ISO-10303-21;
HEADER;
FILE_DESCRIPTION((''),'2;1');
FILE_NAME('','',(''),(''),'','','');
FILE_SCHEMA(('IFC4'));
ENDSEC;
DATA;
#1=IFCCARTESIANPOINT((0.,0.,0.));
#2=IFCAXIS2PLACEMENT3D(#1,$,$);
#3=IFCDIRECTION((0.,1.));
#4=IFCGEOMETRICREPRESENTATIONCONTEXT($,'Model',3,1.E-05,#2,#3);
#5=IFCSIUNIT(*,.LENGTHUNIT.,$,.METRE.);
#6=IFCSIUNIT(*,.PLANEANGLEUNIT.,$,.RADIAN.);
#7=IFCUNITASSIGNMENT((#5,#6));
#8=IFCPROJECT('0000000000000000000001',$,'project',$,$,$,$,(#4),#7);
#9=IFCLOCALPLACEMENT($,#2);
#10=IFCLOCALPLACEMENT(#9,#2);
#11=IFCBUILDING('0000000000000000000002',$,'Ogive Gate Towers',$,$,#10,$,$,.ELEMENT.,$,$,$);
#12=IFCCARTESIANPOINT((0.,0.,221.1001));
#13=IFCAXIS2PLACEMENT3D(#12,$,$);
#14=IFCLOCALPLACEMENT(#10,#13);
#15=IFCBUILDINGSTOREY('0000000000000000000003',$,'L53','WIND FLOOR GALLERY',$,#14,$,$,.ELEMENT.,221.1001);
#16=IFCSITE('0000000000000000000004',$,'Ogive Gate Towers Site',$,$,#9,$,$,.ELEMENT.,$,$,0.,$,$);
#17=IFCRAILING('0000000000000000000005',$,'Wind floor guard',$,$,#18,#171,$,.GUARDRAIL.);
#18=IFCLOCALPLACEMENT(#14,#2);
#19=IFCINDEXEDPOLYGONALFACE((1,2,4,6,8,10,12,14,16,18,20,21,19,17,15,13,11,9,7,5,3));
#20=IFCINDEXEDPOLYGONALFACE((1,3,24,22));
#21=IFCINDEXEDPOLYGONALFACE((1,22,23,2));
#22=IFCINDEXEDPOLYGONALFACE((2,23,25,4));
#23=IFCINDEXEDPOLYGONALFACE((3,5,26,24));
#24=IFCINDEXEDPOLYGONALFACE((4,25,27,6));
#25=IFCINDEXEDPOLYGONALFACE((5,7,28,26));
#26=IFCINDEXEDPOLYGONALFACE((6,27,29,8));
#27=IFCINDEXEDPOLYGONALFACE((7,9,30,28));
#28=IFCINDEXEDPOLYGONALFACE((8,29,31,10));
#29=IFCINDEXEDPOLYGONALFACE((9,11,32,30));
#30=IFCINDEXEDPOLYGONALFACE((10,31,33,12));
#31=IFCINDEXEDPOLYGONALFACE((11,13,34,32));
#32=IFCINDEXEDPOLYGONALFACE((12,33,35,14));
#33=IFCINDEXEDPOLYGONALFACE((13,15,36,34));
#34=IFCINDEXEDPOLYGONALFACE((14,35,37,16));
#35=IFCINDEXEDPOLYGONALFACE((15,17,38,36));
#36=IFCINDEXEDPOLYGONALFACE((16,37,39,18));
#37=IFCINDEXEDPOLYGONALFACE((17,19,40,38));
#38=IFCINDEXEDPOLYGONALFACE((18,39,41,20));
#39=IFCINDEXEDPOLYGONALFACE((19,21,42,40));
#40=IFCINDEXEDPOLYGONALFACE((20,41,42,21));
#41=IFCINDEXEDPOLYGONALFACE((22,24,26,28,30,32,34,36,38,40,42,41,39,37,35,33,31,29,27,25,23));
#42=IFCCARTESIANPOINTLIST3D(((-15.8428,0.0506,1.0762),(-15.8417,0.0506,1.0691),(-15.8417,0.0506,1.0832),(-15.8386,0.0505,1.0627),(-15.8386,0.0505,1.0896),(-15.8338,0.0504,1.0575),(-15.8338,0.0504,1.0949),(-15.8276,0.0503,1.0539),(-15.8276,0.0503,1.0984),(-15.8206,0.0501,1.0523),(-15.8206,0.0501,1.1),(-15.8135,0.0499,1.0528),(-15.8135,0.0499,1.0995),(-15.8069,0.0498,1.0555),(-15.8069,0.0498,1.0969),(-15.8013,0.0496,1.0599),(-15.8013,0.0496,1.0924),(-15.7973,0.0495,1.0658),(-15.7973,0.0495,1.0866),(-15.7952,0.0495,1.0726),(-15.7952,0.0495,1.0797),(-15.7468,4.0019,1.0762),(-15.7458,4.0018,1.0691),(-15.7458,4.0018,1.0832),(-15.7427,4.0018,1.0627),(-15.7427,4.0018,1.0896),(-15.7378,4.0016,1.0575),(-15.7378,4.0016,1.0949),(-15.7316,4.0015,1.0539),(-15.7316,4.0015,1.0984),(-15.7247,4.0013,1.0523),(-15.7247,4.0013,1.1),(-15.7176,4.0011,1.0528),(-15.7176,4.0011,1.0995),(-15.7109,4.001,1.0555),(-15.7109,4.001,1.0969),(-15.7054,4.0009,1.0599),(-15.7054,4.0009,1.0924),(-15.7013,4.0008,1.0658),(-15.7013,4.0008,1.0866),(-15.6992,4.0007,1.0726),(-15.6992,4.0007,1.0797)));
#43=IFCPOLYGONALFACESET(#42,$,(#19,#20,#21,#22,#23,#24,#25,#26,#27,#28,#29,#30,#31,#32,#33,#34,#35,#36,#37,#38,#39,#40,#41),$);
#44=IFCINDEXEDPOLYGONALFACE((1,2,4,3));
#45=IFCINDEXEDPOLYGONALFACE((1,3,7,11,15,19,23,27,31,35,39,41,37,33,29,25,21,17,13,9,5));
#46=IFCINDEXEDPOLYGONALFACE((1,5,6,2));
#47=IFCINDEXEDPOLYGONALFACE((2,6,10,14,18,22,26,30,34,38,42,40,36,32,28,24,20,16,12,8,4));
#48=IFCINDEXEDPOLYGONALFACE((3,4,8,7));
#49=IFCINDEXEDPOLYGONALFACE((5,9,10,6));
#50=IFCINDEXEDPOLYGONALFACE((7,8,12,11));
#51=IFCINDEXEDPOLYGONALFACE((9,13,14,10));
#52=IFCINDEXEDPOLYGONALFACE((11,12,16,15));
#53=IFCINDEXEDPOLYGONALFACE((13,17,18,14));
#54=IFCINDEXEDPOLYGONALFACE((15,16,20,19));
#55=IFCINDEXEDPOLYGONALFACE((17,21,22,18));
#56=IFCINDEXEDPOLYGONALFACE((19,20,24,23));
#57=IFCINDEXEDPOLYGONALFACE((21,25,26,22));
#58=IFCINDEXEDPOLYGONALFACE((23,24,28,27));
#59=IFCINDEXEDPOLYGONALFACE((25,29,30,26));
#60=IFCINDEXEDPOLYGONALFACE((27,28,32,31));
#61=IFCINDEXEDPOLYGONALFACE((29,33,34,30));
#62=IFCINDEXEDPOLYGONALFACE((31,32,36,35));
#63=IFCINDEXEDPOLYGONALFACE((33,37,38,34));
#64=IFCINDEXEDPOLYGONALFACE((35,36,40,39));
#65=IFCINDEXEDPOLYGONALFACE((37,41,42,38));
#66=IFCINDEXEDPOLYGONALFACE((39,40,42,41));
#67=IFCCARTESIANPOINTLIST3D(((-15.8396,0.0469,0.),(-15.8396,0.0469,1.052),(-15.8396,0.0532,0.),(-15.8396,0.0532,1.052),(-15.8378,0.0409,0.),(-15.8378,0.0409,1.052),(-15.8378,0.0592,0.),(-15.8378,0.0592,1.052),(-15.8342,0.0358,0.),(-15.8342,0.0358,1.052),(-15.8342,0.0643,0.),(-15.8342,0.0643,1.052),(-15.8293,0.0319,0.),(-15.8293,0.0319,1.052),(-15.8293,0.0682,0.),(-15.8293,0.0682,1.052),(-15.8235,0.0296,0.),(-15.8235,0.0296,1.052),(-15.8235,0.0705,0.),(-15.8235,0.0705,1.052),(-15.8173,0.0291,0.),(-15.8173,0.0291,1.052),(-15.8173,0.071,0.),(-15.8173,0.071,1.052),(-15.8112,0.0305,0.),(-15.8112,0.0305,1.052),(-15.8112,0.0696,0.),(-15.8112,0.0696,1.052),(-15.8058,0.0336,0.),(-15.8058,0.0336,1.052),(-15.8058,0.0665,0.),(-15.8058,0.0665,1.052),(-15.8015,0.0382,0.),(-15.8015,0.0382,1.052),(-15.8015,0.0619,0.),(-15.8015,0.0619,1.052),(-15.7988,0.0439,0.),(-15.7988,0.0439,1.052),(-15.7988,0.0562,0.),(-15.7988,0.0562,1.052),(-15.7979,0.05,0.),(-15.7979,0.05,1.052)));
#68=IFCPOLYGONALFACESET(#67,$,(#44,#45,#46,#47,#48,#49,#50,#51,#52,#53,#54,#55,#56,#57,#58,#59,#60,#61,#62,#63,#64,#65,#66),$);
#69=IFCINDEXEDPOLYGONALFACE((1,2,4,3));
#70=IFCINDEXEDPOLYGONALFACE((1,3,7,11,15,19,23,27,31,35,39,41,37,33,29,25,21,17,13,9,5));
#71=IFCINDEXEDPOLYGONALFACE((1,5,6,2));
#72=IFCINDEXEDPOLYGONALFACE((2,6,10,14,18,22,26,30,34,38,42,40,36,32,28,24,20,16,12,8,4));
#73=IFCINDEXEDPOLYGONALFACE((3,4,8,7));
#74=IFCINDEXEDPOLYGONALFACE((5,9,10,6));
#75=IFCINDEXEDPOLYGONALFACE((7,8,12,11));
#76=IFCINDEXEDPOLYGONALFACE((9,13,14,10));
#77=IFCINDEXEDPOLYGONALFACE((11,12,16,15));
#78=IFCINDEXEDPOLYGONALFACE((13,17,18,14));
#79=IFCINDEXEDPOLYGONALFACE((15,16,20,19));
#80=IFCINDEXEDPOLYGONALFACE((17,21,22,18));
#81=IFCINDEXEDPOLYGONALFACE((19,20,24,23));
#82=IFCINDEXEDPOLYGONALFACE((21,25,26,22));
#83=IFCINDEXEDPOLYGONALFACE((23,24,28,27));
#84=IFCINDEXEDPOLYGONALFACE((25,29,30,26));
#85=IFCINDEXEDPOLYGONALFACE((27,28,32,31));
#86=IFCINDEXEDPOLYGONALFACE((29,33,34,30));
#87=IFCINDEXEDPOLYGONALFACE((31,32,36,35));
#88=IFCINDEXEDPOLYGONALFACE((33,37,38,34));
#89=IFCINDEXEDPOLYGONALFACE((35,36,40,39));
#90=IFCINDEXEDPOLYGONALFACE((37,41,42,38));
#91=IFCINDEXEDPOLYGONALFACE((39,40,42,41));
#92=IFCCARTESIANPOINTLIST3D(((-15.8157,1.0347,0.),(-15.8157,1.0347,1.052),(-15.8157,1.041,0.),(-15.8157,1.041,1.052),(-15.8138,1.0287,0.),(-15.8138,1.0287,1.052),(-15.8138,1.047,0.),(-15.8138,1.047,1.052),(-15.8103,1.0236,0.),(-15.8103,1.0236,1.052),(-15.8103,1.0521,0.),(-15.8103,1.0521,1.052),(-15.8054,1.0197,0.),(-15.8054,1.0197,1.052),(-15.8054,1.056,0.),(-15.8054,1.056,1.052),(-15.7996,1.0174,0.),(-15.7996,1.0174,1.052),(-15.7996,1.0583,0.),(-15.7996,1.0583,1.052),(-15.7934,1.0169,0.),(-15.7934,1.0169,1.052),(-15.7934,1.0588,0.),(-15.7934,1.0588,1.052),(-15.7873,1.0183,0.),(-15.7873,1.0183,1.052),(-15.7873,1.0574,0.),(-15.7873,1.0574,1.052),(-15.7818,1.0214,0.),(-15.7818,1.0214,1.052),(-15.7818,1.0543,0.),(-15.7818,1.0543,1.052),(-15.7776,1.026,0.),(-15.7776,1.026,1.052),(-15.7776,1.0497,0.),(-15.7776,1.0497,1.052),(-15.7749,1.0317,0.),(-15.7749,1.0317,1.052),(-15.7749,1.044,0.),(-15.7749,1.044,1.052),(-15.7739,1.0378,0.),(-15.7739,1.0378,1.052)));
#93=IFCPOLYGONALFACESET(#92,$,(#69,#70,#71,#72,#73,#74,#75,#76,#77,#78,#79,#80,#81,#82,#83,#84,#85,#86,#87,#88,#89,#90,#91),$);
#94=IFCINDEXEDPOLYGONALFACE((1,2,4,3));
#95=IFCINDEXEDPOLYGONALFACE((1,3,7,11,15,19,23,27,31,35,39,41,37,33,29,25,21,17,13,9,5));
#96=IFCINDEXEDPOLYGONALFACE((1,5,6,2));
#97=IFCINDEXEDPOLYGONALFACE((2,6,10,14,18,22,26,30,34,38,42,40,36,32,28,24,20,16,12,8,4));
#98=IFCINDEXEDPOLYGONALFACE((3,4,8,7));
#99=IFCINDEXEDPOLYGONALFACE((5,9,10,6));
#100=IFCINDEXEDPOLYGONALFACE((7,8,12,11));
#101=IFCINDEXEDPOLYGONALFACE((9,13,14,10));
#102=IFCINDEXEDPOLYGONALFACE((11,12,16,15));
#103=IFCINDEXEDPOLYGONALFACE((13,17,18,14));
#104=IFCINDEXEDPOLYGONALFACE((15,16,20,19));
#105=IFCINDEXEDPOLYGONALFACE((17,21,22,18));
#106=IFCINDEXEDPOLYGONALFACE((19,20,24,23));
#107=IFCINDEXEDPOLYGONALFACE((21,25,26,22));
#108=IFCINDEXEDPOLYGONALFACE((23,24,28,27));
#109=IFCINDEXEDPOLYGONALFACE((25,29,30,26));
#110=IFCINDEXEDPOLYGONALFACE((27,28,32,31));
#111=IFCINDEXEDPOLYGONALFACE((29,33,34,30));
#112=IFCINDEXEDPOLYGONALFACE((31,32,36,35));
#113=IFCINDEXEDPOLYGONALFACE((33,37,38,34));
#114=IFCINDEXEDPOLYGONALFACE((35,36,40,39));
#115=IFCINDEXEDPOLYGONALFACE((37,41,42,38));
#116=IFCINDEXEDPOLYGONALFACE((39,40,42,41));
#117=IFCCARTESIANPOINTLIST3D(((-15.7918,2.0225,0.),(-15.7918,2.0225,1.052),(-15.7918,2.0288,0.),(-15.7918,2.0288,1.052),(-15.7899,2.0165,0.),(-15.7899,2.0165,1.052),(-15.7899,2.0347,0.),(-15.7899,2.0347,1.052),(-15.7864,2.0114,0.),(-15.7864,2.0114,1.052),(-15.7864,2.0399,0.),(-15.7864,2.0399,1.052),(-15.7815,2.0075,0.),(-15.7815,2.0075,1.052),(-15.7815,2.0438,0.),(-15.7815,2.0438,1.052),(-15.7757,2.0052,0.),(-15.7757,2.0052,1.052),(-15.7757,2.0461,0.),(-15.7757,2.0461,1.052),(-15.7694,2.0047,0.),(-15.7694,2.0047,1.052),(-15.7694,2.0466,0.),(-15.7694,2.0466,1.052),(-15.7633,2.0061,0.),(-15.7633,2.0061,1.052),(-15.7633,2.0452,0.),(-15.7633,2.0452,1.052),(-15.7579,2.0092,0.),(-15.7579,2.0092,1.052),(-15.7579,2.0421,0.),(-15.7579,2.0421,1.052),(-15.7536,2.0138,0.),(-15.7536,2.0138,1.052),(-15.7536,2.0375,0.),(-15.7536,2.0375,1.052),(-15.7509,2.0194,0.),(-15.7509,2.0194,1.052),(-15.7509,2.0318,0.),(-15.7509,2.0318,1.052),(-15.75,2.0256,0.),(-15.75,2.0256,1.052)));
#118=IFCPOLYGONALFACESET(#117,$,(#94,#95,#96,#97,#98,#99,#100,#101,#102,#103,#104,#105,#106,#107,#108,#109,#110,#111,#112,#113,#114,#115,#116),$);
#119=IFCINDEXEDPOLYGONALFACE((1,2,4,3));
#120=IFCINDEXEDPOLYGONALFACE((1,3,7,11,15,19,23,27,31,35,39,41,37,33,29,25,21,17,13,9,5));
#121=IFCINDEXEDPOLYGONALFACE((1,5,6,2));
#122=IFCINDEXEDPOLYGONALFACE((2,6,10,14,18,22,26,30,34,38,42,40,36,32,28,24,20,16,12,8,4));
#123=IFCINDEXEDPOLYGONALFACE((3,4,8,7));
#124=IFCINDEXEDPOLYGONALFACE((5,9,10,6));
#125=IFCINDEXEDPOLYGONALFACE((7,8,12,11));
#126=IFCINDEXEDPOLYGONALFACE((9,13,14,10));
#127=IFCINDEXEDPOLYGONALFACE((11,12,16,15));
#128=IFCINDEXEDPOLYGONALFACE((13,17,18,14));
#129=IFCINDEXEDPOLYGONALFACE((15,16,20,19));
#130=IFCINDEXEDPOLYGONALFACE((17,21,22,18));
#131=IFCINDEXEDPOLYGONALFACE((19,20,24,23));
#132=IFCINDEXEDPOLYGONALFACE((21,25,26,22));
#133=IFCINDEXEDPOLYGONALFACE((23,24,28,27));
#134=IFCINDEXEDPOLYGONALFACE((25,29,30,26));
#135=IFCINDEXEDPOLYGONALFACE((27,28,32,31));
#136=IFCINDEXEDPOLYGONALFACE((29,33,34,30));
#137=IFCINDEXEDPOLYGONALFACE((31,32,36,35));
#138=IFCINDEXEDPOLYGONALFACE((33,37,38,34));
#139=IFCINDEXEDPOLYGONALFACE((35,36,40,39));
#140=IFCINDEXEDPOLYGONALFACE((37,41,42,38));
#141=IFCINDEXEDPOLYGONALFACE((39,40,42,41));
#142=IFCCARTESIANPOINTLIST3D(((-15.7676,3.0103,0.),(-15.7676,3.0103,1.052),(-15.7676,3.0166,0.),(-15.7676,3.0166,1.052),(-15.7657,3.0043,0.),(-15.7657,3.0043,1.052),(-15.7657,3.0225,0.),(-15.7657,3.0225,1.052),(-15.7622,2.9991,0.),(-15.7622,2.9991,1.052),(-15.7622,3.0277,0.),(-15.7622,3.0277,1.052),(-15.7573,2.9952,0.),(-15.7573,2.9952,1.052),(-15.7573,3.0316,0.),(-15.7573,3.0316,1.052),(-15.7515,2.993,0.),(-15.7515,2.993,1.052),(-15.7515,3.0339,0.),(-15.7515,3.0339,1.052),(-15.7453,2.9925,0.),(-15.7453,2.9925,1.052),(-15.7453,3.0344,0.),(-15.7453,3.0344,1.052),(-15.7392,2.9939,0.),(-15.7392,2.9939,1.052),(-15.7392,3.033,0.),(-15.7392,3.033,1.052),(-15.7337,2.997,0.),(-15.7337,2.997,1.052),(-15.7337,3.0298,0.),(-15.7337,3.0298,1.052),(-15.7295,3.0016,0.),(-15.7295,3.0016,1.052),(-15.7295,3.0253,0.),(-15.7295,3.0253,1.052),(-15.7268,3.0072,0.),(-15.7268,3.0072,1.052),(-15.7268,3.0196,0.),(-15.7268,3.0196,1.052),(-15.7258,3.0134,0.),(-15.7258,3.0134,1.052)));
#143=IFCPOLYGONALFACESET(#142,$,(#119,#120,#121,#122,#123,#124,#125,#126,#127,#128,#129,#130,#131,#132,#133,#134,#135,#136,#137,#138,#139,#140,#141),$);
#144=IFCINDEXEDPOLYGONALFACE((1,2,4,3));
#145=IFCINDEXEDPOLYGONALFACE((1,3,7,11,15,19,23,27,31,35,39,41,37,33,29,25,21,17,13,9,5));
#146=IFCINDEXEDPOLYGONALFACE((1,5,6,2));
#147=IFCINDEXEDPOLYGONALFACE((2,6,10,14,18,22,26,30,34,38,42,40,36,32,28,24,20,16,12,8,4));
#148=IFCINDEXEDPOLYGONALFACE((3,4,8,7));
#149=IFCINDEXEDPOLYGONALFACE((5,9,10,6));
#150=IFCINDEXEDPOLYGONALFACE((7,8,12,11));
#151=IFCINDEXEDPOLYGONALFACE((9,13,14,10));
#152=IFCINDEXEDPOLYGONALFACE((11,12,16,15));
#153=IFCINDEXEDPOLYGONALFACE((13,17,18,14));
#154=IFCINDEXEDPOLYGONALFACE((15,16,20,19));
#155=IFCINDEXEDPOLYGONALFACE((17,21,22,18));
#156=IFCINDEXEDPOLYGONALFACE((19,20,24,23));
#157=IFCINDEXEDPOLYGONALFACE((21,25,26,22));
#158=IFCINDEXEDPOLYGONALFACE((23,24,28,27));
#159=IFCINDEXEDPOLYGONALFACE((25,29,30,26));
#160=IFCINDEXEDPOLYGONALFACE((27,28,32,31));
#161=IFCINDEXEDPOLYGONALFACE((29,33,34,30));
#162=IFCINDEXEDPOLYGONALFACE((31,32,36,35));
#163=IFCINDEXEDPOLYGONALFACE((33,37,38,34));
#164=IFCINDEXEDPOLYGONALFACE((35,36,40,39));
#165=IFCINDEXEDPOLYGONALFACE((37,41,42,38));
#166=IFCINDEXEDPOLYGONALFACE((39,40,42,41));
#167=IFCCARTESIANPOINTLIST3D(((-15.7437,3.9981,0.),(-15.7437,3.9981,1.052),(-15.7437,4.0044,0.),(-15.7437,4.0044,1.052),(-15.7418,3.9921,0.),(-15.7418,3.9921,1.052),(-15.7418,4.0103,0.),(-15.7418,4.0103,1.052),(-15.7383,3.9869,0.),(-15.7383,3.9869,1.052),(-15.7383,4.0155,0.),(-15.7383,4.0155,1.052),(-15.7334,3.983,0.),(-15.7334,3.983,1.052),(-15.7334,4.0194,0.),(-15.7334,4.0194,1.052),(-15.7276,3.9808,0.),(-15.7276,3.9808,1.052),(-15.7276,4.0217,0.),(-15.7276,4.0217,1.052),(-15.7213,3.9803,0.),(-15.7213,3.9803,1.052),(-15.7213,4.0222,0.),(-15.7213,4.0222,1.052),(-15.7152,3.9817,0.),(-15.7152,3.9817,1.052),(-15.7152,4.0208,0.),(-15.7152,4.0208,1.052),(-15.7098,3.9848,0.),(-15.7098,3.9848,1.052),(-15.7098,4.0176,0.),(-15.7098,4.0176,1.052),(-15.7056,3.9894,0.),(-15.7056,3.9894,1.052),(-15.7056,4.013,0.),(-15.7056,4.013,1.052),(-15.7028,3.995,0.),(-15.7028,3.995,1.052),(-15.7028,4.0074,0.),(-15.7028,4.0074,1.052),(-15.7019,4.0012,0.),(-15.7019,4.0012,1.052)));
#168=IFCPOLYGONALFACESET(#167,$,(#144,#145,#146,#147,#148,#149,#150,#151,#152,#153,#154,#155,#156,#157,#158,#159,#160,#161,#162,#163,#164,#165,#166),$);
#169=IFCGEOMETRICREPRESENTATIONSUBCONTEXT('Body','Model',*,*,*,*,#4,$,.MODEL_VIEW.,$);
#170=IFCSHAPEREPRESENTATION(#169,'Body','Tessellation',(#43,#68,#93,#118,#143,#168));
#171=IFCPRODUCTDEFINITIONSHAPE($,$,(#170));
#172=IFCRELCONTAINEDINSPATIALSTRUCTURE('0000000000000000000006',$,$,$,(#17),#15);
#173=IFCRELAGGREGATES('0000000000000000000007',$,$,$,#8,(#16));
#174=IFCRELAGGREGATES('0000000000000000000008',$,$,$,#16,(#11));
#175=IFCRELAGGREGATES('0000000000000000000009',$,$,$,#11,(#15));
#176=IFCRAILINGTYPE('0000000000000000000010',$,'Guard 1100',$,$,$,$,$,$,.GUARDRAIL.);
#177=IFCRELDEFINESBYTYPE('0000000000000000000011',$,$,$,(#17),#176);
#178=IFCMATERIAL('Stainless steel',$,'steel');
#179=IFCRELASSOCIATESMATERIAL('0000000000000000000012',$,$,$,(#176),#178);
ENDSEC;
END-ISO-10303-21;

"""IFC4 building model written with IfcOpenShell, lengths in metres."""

from ifc_helpers import new_model, si_unit, direction, frame, origin, origin_2d, place, context, subcontext, project, spatial, circle, extrude, material, type_object, element, save


model = new_model("IFC4")

# Units and contexts
model_context = context("Model", 3, precision=1e-05, world=origin(), true_north=direction((0.0, 1.0)))
body_context = subcontext(model_context, "Body", "Model", "MODEL_VIEW")
ifc_project = project(units=[si_unit("LENGTHUNIT", "METRE"), si_unit("PLANEANGLEUNIT", "RADIAN")], contexts=[model_context])

# Site, building, storey
site_placement = place(None, origin())
site = spatial("IfcSite", under=ifc_project, at=site_placement, Name="Ogive Gate Towers Site", CompositionType="ELEMENT", RefElevation=0.0)
building_placement = place(site_placement, origin())
building = spatial("IfcBuilding", under=site, at=building_placement, Name="Ogive Gate Towers", CompositionType="ELEMENT")
storey_placement = place(building_placement, frame((0.0, 0.0, 221.1001)))
storey = spatial("IfcBuildingStorey", under=building, at=storey_placement, Name="L53", Description="WIND FLOOR GALLERY", CompositionType="ELEMENT", Elevation=221.1001)

# Railing
ifc_material_1 = material(Name="Stainless steel", Category="steel")
railing_type = type_object("IfcRailingType", Name="Guard 1100", PredefinedType="GUARDRAIL", material=ifc_material_1)
railing_1_placement = place(storey_placement, frame((-15.8188, 0.05, 0.0)))
element("IfcRailing", 1, at=railing_1_placement, inside=storey, type_object=railing_type, Name="Wind floor guard", PredefinedType="GUARDRAIL", context=body_context, shape_type="SweptSolid", body=[
    extrude(circle(Radius=0.0239, at=origin_2d()), frame((0.0, 0.0, 1.0762), z_axis=(0.024276, 0.999705, 0.0), x_axis=(-0.999705, 0.024276, 0.0)), (0.0, 0.0, 1.0), 3.9524),
    extrude(circle(Radius=0.021, at=origin_2d()), origin(), (0.0, 0.0, 1.0), 1.052),
    extrude(circle(Radius=0.021, at=origin_2d()), frame((0.0239, 0.9878, 0.0)), (0.0, 0.0, 1.0), 1.052),
    extrude(circle(Radius=0.021, at=origin_2d()), frame((0.0479, 1.9756, 0.0)), (0.0, 0.0, 1.0), 1.052),
    extrude(circle(Radius=0.021, at=origin_2d()), frame((0.072, 2.9634, 0.0)), (0.0, 0.0, 1.0), 1.052),
    extrude(circle(Radius=0.021, at=origin_2d()), frame((0.0959, 3.9512, 0.0)), (0.0, 0.0, 1.0), 1.052),
])

save(model, "model.ifc")
